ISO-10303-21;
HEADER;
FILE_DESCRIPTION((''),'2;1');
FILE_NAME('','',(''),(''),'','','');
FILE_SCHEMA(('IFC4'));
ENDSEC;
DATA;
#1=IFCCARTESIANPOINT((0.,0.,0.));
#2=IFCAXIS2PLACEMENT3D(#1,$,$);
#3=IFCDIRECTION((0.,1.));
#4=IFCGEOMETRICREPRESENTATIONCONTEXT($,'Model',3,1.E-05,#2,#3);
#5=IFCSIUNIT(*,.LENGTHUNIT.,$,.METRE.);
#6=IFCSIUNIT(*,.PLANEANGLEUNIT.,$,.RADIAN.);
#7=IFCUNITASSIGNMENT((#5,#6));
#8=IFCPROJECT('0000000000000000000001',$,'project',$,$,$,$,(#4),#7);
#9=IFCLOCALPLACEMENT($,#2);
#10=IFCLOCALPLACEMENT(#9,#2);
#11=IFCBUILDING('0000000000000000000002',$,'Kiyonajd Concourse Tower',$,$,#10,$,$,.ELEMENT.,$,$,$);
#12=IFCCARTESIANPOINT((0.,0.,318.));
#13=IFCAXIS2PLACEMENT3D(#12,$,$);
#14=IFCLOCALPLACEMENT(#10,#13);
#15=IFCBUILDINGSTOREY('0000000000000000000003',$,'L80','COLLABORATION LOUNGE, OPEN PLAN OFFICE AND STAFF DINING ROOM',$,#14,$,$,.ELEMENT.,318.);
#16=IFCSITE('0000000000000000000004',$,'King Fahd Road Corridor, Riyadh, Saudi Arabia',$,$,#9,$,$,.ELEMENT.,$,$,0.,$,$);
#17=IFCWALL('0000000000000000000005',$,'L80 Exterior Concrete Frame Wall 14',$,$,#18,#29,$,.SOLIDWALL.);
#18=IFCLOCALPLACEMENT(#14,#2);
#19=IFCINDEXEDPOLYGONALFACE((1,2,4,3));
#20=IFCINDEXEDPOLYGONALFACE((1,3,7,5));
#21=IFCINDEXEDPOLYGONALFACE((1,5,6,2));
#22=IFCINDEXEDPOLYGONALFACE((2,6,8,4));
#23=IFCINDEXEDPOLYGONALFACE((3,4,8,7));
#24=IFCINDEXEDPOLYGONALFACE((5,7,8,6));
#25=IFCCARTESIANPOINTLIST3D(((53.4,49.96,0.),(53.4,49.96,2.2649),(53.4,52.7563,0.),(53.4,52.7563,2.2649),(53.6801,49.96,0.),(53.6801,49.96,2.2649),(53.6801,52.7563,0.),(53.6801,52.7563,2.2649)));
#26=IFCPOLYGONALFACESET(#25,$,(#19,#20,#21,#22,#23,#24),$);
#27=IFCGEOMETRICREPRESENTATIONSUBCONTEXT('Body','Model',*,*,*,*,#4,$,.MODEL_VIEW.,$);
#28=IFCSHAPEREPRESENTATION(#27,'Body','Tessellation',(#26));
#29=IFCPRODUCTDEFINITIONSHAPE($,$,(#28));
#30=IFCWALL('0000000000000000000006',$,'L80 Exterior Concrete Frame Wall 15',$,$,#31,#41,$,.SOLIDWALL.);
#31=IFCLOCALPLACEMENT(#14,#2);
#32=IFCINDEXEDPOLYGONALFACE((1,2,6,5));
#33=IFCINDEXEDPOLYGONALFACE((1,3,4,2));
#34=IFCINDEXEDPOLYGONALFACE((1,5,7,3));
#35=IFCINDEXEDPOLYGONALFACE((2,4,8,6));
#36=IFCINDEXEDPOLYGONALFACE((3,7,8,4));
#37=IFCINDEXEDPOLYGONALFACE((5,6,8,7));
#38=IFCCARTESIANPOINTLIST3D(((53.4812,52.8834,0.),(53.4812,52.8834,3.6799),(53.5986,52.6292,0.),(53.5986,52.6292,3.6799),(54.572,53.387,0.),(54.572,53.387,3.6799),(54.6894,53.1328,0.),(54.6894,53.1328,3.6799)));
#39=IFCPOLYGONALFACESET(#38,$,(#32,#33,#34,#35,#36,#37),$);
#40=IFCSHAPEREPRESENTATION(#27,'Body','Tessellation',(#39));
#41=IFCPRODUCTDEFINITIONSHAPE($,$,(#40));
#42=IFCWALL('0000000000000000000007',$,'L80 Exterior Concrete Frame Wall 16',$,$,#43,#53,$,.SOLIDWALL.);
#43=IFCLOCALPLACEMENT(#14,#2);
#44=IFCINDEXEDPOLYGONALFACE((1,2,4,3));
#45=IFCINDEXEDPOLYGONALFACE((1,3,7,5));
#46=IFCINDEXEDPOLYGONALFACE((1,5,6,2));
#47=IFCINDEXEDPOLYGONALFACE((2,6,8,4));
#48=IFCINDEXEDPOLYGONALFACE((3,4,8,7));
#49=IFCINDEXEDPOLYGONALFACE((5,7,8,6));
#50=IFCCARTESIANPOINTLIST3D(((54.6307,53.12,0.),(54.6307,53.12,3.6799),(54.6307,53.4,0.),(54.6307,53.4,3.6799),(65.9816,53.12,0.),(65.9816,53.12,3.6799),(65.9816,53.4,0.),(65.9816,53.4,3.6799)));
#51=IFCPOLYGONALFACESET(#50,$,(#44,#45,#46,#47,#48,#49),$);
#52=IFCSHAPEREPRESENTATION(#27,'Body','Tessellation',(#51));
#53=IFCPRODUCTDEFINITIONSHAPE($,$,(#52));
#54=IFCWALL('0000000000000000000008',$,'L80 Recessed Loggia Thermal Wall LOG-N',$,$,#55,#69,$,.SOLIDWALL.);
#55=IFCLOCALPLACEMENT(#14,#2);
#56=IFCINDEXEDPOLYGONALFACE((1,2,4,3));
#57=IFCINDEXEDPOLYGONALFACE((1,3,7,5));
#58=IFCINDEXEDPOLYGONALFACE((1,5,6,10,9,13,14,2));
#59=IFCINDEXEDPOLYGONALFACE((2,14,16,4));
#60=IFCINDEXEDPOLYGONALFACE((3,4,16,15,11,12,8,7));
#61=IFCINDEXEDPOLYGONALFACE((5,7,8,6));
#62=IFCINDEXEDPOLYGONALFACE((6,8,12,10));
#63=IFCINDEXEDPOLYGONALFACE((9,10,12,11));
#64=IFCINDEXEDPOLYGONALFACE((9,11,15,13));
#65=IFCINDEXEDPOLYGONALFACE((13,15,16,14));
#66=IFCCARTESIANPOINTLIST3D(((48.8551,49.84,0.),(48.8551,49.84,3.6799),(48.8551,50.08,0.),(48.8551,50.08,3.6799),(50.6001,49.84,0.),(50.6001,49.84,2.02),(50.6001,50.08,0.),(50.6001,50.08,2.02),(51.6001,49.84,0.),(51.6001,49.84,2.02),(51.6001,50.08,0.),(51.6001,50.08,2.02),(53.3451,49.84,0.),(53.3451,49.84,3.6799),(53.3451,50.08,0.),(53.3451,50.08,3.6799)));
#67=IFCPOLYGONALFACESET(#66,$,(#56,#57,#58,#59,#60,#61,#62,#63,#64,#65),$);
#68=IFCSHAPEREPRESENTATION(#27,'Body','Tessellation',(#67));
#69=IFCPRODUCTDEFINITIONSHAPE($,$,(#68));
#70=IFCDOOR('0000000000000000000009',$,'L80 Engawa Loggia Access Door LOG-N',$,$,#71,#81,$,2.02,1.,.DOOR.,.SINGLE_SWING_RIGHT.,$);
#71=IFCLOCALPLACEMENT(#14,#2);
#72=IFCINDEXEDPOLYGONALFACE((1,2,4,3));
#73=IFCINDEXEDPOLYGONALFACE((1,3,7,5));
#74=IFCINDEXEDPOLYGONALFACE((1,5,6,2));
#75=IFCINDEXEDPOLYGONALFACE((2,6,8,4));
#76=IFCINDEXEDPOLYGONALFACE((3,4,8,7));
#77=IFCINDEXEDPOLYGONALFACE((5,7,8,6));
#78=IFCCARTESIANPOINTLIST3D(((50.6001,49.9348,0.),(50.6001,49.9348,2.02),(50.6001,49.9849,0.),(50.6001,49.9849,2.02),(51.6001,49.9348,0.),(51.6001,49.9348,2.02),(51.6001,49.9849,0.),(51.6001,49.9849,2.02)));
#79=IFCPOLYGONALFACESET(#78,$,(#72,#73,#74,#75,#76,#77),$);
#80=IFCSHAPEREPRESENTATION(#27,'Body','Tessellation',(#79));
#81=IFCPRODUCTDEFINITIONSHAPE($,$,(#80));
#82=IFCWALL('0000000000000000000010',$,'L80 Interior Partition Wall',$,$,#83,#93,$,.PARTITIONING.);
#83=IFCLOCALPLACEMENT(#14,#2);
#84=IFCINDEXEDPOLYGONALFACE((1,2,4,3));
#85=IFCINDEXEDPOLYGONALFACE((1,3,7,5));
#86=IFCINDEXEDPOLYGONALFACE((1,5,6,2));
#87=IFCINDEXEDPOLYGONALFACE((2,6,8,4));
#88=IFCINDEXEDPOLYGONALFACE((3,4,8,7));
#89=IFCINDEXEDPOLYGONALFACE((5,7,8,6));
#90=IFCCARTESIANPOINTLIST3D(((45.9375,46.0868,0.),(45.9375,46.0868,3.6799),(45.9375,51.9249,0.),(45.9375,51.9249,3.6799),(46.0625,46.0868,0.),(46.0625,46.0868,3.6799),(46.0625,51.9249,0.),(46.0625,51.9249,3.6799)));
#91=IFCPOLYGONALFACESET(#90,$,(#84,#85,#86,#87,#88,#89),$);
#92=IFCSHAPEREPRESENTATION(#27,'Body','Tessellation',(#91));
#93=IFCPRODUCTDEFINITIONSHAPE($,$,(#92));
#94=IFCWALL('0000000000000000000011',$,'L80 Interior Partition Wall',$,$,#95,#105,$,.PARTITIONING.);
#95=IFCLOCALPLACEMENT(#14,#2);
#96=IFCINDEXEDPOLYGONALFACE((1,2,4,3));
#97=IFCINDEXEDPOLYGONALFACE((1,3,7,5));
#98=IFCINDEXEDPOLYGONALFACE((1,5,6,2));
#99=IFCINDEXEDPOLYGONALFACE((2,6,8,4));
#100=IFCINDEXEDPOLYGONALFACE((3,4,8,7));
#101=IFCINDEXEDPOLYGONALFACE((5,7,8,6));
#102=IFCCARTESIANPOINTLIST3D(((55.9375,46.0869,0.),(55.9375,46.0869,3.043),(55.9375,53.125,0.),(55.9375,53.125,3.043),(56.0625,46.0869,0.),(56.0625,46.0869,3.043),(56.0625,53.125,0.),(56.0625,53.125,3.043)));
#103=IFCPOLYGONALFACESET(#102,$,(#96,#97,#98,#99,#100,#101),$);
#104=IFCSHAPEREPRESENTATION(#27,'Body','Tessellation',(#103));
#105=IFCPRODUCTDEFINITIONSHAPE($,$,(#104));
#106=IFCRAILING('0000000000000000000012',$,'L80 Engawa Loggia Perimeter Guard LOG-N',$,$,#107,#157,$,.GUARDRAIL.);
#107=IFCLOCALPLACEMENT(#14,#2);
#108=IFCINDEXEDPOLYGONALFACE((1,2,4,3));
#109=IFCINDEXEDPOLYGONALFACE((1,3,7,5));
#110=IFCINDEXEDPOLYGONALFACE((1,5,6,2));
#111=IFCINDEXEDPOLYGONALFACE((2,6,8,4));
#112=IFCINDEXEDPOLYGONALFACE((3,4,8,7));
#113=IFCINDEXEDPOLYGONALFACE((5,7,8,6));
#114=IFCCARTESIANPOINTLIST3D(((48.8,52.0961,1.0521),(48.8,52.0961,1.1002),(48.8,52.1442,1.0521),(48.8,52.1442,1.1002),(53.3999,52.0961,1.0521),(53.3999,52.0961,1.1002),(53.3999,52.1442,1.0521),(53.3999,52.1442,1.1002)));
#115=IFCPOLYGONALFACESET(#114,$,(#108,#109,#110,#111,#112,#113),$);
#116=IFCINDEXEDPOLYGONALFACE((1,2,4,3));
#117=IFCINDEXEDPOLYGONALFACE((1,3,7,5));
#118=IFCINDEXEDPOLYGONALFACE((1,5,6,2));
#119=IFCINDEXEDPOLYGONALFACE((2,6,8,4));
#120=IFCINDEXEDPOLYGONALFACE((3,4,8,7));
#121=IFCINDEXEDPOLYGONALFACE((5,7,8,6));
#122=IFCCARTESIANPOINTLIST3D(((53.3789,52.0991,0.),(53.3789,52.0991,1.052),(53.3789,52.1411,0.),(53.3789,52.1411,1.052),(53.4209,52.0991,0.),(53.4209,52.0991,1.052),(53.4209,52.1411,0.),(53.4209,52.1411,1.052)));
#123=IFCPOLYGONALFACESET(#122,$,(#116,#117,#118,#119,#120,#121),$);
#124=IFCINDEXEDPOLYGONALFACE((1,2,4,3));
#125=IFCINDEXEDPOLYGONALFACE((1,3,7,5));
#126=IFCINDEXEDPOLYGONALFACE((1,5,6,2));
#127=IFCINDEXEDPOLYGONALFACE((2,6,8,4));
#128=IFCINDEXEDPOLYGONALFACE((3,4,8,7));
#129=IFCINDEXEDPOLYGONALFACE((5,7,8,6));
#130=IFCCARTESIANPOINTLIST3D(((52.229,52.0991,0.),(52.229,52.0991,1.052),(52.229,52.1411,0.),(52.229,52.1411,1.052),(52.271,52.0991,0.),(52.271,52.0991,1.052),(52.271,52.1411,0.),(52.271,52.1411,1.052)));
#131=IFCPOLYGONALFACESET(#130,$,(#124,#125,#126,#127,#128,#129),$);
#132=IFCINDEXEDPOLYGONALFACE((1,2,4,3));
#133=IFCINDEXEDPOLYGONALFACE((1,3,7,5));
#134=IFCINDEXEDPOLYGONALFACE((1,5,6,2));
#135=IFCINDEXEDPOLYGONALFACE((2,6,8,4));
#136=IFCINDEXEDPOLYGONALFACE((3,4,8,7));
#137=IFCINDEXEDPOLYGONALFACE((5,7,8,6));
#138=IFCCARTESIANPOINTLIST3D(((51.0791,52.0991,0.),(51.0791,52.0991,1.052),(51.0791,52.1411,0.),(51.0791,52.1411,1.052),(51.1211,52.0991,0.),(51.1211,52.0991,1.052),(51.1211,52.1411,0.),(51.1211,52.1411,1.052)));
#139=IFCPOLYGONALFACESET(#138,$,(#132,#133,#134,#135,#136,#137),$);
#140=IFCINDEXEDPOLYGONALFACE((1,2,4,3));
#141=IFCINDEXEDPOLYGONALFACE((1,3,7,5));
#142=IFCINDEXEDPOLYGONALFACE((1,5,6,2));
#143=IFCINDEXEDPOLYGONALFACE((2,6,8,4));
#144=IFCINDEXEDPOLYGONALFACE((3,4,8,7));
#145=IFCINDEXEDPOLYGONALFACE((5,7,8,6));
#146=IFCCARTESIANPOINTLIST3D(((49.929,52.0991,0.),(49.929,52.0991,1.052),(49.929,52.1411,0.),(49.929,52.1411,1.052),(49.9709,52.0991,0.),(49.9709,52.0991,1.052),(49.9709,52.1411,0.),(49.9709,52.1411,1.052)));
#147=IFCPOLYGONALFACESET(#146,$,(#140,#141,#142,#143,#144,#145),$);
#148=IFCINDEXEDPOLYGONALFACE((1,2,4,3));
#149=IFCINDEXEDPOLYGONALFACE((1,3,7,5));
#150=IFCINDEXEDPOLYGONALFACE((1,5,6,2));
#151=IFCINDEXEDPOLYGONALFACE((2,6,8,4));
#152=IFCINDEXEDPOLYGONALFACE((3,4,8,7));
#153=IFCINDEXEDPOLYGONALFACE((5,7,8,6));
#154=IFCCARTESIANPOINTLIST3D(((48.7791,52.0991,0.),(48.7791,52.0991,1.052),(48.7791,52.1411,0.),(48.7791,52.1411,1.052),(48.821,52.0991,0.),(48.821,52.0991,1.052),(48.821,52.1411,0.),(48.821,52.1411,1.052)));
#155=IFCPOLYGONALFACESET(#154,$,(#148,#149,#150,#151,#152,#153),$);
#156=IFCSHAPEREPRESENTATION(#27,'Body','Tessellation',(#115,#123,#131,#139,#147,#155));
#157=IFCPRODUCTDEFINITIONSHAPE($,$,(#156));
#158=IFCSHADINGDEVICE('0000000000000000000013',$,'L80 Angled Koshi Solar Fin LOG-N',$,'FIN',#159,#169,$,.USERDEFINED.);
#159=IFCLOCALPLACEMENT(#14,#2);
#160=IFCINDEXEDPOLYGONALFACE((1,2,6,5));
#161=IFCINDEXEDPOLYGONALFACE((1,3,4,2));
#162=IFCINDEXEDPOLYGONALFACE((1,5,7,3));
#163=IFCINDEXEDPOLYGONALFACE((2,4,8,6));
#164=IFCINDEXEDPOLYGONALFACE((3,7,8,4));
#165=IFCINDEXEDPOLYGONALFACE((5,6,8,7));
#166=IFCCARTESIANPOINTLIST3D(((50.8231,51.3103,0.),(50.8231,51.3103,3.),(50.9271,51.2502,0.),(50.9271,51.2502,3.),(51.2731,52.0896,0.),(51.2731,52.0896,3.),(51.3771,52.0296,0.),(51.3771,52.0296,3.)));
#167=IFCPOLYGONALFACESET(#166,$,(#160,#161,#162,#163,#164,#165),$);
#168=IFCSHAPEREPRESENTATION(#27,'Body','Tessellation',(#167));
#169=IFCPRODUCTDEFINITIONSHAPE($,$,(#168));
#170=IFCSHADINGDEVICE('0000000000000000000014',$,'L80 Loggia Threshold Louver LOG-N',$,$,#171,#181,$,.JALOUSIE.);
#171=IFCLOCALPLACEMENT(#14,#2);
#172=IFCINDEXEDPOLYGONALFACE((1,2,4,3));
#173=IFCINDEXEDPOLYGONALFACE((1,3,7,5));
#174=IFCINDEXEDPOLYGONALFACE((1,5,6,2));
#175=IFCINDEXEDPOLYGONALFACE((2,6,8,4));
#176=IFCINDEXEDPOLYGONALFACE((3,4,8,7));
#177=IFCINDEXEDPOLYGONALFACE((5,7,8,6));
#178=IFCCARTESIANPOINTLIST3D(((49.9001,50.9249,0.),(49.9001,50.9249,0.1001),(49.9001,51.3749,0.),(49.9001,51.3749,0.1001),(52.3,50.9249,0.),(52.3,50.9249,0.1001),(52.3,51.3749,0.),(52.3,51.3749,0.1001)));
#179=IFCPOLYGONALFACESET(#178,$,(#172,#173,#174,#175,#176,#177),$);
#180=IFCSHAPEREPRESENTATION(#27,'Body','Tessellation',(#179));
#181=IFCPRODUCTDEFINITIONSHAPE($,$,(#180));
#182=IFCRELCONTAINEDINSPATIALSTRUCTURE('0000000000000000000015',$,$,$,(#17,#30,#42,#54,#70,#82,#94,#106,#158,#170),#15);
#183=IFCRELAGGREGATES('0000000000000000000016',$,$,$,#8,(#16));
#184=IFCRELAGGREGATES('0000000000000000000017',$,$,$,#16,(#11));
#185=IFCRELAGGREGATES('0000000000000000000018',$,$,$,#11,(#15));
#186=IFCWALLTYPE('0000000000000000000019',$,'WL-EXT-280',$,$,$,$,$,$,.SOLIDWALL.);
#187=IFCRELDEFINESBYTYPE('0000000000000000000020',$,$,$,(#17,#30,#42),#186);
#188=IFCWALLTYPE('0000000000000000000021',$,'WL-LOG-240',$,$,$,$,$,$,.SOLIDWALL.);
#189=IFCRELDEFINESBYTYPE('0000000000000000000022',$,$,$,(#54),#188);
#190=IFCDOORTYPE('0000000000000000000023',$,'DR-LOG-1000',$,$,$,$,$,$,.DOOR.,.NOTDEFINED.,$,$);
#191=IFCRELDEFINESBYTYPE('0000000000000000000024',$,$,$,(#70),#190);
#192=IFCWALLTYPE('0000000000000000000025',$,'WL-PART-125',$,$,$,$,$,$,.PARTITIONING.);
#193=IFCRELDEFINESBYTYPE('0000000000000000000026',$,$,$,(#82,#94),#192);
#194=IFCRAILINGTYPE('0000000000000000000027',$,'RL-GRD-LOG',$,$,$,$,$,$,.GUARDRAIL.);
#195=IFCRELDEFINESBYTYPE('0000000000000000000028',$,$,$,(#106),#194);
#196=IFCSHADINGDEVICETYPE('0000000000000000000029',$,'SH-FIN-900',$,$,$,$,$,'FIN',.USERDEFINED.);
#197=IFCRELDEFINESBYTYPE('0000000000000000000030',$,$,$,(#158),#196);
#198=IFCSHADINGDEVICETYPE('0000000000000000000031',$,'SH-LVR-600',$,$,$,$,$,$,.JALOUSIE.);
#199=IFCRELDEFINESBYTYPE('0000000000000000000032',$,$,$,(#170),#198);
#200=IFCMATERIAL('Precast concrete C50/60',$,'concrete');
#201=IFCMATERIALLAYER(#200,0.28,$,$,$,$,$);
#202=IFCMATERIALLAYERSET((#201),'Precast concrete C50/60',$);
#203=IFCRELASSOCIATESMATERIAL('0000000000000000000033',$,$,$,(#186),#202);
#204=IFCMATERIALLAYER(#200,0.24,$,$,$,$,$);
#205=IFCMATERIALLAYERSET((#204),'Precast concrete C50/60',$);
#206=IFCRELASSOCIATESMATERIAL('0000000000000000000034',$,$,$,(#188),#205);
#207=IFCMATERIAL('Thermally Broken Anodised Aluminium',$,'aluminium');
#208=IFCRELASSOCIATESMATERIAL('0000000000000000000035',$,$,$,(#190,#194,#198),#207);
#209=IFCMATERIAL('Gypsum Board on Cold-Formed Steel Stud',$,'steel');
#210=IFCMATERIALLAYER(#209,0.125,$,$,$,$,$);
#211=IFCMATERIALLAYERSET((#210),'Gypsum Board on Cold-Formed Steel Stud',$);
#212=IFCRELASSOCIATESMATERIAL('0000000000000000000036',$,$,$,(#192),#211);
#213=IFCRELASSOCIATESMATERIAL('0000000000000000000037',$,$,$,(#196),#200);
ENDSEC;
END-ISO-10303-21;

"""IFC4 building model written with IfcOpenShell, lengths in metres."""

from ifc_helpers import new_model, si_unit, direction, frame, frame_2d, origin, origin_2d, place, context, subcontext, project, spatial, rectangle, extrude, material, layer, layer_set, type_object, element, fill, save


model = new_model("IFC4")

# Units and contexts
model_context = context("Model", 3, precision=1e-05, world=origin(), true_north=direction((0.0, 1.0)))
body_context = subcontext(model_context, "Body", "Model", "MODEL_VIEW")
ifc_project = project(units=[si_unit("LENGTHUNIT", "METRE"), si_unit("PLANEANGLEUNIT", "RADIAN")], contexts=[model_context])

# Site, building, storey
site_placement = place(None, origin())
site = spatial("IfcSite", under=ifc_project, at=site_placement, Name="King Fahd Road Corridor, Riyadh, Saudi Arabia", CompositionType="ELEMENT", RefElevation=0.0)
building_placement = place(site_placement, origin())
building = spatial("IfcBuilding", under=site, at=building_placement, Name="Kiyonajd Concourse Tower", CompositionType="ELEMENT")
storey_placement = place(building_placement, frame((0.0, 0.0, 318.0)))
storey = spatial("IfcBuildingStorey", under=building, at=storey_placement, Name="L80", Description="COLLABORATION LOUNGE, OPEN PLAN OFFICE AND STAFF DINING ROOM", CompositionType="ELEMENT", Elevation=318.0)

# Shared definitions
ifc_material_1 = material(Name="Thermally Broken Anodised Aluminium", Category="aluminium")

# Walls
ifc_material_2 = material(Name="Precast concrete C50/60", Category="concrete")
ifc_layer_1 = layer(ifc_material_2, 0.28)
ifc_layer_set_1 = layer_set([ifc_layer_1], Name="Precast concrete C50/60")
wall_type_1 = type_object("IfcWallType", Name="WL-EXT-280", PredefinedType="SOLIDWALL", material=ifc_layer_set_1)
wall_1_placement = place(storey_placement, frame((53.54, 49.96, 0.0), z_axis=(0.0, 0.0, 1.0), x_axis=(0.0, 1.0, 0.0)))
element("IfcWall", 1, at=wall_1_placement, inside=storey, type_object=wall_type_1, Name="L80 Exterior Concrete Frame Wall 14", PredefinedType="SOLIDWALL", context=body_context, shape_type="SweptSolid", body=[
    extrude(rectangle(XDim=2.7964, YDim=0.28, at=frame_2d((1.3982, 0.0))), origin(), (0.0, 0.0, 1.0), 2.2649),
])
wall_2_placement = place(storey_placement, frame((53.54, 52.7563, 0.0), z_axis=(0.0, 0.0, 1.0), x_axis=(0.907894, 0.4192, 0.0)))
element("IfcWall", 2, at=wall_2_placement, inside=storey, type_object=wall_type_1, Name="L80 Exterior Concrete Frame Wall 15", PredefinedType="SOLIDWALL", context=body_context, shape_type="SweptSolid", body=[
    extrude(rectangle(XDim=1.2014, YDim=0.28, at=frame_2d((0.6006, 0.0))), origin(), (0.0, 0.0, 1.0), 3.6799),
])
wall_3_placement = place(storey_placement, frame((54.6309, 53.26, 0.0), z_axis=(0.0, 0.0, 1.0), x_axis=(1.0, 0.0, 0.0)))
element("IfcWall", 3, at=wall_3_placement, inside=storey, type_object=wall_type_1, Name="L80 Exterior Concrete Frame Wall 16", PredefinedType="SOLIDWALL", context=body_context, shape_type="SweptSolid", body=[
    extrude(rectangle(XDim=11.3508, YDim=0.28, at=frame_2d((5.6753, 0.0))), origin(), (0.0, 0.0, 1.0), 3.6799),
])

# Wall, opening, door
ifc_layer_2 = layer(ifc_material_2, 0.24)
ifc_layer_set_2 = layer_set([ifc_layer_2], Name="Precast concrete C50/60")
wall_type_2 = type_object("IfcWallType", Name="WL-LOG-240", PredefinedType="SOLIDWALL", material=ifc_layer_set_2)
wall_4_placement = place(storey_placement, frame((48.855, 49.96, 0.0), z_axis=(0.0, 0.0, 1.0), x_axis=(1.0, 0.0, 0.0)))
wall_4 = element("IfcWall", 4, at=wall_4_placement, inside=storey, type_object=wall_type_2, Name="L80 Recessed Loggia Thermal Wall LOG-N", PredefinedType="SOLIDWALL", context=body_context, shape_type="SweptSolid", body=[
    extrude(rectangle(XDim=4.49, YDim=0.24, at=frame_2d((2.2451, 0.0))), origin(), (0.0, 0.0, 1.0), 3.6799),
])
opening_placement = place(wall_4_placement, frame((1.7451, 0.0, 0.0)))
opening = element("IfcOpeningElement", 5, at=opening_placement, cuts=wall_4, PredefinedType="OPENING", context=body_context, shape_type="SweptSolid", body=[
    extrude(rectangle(XDim=1.0, YDim=2.02, at=frame_2d((0.5, 1.01))), frame((0.0, 0.1299, 0.0), z_axis=(0.0, -1.0, 0.0), x_axis=(1.0, 0.0, 0.0)), (0.0, 0.0, 1.0), 0.26),
])
door_type = type_object("IfcDoorType", Name="DR-LOG-1000", OperationType="NOTDEFINED", PredefinedType="DOOR", material=ifc_material_1)
door_placement = place(opening_placement, origin())
door = element("IfcDoor", 6, at=door_placement, inside=storey, type_object=door_type, Name="L80 Engawa Loggia Access Door LOG-N", OperationType="SINGLE_SWING_RIGHT", OverallHeight=2.02, OverallWidth=1.0, PredefinedType="DOOR", context=body_context, shape_type="SweptSolid", body=[
    extrude(rectangle(XDim=1.0, YDim=2.02, at=frame_2d((0.5, 1.01))), frame((0.0, 0.0249, 0.0), z_axis=(0.0, -1.0, 0.0), x_axis=(1.0, 0.0, 0.0)), (0.0, 0.0, 1.0), 0.05),
])
fill(opening, door)

# Walls
ifc_material_3 = material(Name="Gypsum Board on Cold-Formed Steel Stud", Category="steel")
ifc_layer_3 = layer(ifc_material_3, 0.125)
ifc_layer_set_3 = layer_set([ifc_layer_3], Name="Gypsum Board on Cold-Formed Steel Stud")
wall_type_3 = type_object("IfcWallType", Name="WL-PART-125", PredefinedType="PARTITIONING", material=ifc_layer_set_3)
wall_5_placement = place(storey_placement, frame((46.0, 46.0869, 0.0), z_axis=(0.0, 0.0, 1.0), x_axis=(0.0, 1.0, 0.0)))
element("IfcWall", 7, at=wall_5_placement, inside=storey, type_object=wall_type_3, Name="L80 Interior Partition Wall", PredefinedType="PARTITIONING", context=body_context, shape_type="SweptSolid", body=[
    extrude(rectangle(XDim=5.8381, YDim=0.125, at=frame_2d((2.9189, 0.0))), origin(), (0.0, 0.0, 1.0), 3.6799),
])
wall_6_placement = place(storey_placement, frame((56.0, 46.0869, 0.0), z_axis=(0.0, 0.0, 1.0), x_axis=(0.0, 1.0, 0.0)))
element("IfcWall", 8, at=wall_6_placement, inside=storey, type_object=wall_type_3, Name="L80 Interior Partition Wall", PredefinedType="PARTITIONING", context=body_context, shape_type="SweptSolid", body=[
    extrude(rectangle(XDim=7.0381, YDim=0.125, at=frame_2d((3.519, 0.0))), origin(), (0.0, 0.0, 1.0), 3.043),
])

# Railing
railing_type = type_object("IfcRailingType", Name="RL-GRD-LOG", PredefinedType="GUARDRAIL", material=ifc_material_1)
railing_placement = place(storey_placement, frame((53.3999, 52.1201, 0.0)))
element("IfcRailing", 9, at=railing_placement, inside=storey, type_object=railing_type, Name="L80 Engawa Loggia Perimeter Guard LOG-N", PredefinedType="GUARDRAIL", context=body_context, shape_type="SweptSolid", body=[
    extrude(rectangle(XDim=0.0481, YDim=0.0481, at=origin_2d()), frame((0.0, 0.0, 1.0762), z_axis=(-1.0, 0.0, 0.0), x_axis=(0.0, -1.0, 0.0)), (0.0, 0.0, 1.0), 4.5999),
    extrude(rectangle(XDim=0.042, YDim=0.042, at=origin_2d()), origin(), (0.0, 0.0, 1.0), 1.052),
    extrude(rectangle(XDim=0.042, YDim=0.042, at=origin_2d()), frame((-1.1499, 0.0, 0.0)), (0.0, 0.0, 1.0), 1.052),
    extrude(rectangle(XDim=0.042, YDim=0.042, at=origin_2d()), frame((-2.2998, 0.0, 0.0)), (0.0, 0.0, 1.0), 1.052),
    extrude(rectangle(XDim=0.042, YDim=0.042, at=origin_2d()), frame((-3.45, 0.0, 0.0)), (0.0, 0.0, 1.0), 1.052),
    extrude(rectangle(XDim=0.042, YDim=0.042, at=origin_2d()), frame((-4.5999, 0.0, 0.0)), (0.0, 0.0, 1.0), 1.052),
])

# Shading devices
shading_device_type_1 = type_object("IfcShadingDeviceType", Name="SH-FIN-900", ElementType="FIN", PredefinedType="USERDEFINED", material=ifc_material_2)
shading_device_1_placement = place(storey_placement, frame((51.1001, 51.6699, 0.0), z_axis=(0.0, 0.0, 1.0), x_axis=(0.5, 0.866025, 0.0)))
element("IfcShadingDevice", 10, at=shading_device_1_placement, inside=storey, type_object=shading_device_type_1, Name="L80 Angled Koshi Solar Fin LOG-N", ObjectType="FIN", PredefinedType="USERDEFINED", context=body_context, shape_type="SweptSolid", body=[
    extrude(rectangle(XDim=0.8999, YDim=0.1201, at=origin_2d()), origin(), (0.0, 0.0, 1.0), 3.0),
])
shading_device_type_2 = type_object("IfcShadingDeviceType", Name="SH-LVR-600", PredefinedType="JALOUSIE", material=ifc_material_1)
shading_device_2_placement = place(storey_placement, frame((51.1001, 51.1499, 0.0), z_axis=(0.0, 0.0, 1.0), x_axis=(1.0, 0.0, 0.0)))
element("IfcShadingDevice", 11, at=shading_device_2_placement, inside=storey, type_object=shading_device_type_2, Name="L80 Loggia Threshold Louver LOG-N", PredefinedType="JALOUSIE", context=body_context, shape_type="SweptSolid", body=[
    extrude(rectangle(XDim=2.3999, YDim=0.45, at=origin_2d()), origin(), (0.0, 0.0, 1.0), 0.1001),
])

save(model, "model.ifc")
